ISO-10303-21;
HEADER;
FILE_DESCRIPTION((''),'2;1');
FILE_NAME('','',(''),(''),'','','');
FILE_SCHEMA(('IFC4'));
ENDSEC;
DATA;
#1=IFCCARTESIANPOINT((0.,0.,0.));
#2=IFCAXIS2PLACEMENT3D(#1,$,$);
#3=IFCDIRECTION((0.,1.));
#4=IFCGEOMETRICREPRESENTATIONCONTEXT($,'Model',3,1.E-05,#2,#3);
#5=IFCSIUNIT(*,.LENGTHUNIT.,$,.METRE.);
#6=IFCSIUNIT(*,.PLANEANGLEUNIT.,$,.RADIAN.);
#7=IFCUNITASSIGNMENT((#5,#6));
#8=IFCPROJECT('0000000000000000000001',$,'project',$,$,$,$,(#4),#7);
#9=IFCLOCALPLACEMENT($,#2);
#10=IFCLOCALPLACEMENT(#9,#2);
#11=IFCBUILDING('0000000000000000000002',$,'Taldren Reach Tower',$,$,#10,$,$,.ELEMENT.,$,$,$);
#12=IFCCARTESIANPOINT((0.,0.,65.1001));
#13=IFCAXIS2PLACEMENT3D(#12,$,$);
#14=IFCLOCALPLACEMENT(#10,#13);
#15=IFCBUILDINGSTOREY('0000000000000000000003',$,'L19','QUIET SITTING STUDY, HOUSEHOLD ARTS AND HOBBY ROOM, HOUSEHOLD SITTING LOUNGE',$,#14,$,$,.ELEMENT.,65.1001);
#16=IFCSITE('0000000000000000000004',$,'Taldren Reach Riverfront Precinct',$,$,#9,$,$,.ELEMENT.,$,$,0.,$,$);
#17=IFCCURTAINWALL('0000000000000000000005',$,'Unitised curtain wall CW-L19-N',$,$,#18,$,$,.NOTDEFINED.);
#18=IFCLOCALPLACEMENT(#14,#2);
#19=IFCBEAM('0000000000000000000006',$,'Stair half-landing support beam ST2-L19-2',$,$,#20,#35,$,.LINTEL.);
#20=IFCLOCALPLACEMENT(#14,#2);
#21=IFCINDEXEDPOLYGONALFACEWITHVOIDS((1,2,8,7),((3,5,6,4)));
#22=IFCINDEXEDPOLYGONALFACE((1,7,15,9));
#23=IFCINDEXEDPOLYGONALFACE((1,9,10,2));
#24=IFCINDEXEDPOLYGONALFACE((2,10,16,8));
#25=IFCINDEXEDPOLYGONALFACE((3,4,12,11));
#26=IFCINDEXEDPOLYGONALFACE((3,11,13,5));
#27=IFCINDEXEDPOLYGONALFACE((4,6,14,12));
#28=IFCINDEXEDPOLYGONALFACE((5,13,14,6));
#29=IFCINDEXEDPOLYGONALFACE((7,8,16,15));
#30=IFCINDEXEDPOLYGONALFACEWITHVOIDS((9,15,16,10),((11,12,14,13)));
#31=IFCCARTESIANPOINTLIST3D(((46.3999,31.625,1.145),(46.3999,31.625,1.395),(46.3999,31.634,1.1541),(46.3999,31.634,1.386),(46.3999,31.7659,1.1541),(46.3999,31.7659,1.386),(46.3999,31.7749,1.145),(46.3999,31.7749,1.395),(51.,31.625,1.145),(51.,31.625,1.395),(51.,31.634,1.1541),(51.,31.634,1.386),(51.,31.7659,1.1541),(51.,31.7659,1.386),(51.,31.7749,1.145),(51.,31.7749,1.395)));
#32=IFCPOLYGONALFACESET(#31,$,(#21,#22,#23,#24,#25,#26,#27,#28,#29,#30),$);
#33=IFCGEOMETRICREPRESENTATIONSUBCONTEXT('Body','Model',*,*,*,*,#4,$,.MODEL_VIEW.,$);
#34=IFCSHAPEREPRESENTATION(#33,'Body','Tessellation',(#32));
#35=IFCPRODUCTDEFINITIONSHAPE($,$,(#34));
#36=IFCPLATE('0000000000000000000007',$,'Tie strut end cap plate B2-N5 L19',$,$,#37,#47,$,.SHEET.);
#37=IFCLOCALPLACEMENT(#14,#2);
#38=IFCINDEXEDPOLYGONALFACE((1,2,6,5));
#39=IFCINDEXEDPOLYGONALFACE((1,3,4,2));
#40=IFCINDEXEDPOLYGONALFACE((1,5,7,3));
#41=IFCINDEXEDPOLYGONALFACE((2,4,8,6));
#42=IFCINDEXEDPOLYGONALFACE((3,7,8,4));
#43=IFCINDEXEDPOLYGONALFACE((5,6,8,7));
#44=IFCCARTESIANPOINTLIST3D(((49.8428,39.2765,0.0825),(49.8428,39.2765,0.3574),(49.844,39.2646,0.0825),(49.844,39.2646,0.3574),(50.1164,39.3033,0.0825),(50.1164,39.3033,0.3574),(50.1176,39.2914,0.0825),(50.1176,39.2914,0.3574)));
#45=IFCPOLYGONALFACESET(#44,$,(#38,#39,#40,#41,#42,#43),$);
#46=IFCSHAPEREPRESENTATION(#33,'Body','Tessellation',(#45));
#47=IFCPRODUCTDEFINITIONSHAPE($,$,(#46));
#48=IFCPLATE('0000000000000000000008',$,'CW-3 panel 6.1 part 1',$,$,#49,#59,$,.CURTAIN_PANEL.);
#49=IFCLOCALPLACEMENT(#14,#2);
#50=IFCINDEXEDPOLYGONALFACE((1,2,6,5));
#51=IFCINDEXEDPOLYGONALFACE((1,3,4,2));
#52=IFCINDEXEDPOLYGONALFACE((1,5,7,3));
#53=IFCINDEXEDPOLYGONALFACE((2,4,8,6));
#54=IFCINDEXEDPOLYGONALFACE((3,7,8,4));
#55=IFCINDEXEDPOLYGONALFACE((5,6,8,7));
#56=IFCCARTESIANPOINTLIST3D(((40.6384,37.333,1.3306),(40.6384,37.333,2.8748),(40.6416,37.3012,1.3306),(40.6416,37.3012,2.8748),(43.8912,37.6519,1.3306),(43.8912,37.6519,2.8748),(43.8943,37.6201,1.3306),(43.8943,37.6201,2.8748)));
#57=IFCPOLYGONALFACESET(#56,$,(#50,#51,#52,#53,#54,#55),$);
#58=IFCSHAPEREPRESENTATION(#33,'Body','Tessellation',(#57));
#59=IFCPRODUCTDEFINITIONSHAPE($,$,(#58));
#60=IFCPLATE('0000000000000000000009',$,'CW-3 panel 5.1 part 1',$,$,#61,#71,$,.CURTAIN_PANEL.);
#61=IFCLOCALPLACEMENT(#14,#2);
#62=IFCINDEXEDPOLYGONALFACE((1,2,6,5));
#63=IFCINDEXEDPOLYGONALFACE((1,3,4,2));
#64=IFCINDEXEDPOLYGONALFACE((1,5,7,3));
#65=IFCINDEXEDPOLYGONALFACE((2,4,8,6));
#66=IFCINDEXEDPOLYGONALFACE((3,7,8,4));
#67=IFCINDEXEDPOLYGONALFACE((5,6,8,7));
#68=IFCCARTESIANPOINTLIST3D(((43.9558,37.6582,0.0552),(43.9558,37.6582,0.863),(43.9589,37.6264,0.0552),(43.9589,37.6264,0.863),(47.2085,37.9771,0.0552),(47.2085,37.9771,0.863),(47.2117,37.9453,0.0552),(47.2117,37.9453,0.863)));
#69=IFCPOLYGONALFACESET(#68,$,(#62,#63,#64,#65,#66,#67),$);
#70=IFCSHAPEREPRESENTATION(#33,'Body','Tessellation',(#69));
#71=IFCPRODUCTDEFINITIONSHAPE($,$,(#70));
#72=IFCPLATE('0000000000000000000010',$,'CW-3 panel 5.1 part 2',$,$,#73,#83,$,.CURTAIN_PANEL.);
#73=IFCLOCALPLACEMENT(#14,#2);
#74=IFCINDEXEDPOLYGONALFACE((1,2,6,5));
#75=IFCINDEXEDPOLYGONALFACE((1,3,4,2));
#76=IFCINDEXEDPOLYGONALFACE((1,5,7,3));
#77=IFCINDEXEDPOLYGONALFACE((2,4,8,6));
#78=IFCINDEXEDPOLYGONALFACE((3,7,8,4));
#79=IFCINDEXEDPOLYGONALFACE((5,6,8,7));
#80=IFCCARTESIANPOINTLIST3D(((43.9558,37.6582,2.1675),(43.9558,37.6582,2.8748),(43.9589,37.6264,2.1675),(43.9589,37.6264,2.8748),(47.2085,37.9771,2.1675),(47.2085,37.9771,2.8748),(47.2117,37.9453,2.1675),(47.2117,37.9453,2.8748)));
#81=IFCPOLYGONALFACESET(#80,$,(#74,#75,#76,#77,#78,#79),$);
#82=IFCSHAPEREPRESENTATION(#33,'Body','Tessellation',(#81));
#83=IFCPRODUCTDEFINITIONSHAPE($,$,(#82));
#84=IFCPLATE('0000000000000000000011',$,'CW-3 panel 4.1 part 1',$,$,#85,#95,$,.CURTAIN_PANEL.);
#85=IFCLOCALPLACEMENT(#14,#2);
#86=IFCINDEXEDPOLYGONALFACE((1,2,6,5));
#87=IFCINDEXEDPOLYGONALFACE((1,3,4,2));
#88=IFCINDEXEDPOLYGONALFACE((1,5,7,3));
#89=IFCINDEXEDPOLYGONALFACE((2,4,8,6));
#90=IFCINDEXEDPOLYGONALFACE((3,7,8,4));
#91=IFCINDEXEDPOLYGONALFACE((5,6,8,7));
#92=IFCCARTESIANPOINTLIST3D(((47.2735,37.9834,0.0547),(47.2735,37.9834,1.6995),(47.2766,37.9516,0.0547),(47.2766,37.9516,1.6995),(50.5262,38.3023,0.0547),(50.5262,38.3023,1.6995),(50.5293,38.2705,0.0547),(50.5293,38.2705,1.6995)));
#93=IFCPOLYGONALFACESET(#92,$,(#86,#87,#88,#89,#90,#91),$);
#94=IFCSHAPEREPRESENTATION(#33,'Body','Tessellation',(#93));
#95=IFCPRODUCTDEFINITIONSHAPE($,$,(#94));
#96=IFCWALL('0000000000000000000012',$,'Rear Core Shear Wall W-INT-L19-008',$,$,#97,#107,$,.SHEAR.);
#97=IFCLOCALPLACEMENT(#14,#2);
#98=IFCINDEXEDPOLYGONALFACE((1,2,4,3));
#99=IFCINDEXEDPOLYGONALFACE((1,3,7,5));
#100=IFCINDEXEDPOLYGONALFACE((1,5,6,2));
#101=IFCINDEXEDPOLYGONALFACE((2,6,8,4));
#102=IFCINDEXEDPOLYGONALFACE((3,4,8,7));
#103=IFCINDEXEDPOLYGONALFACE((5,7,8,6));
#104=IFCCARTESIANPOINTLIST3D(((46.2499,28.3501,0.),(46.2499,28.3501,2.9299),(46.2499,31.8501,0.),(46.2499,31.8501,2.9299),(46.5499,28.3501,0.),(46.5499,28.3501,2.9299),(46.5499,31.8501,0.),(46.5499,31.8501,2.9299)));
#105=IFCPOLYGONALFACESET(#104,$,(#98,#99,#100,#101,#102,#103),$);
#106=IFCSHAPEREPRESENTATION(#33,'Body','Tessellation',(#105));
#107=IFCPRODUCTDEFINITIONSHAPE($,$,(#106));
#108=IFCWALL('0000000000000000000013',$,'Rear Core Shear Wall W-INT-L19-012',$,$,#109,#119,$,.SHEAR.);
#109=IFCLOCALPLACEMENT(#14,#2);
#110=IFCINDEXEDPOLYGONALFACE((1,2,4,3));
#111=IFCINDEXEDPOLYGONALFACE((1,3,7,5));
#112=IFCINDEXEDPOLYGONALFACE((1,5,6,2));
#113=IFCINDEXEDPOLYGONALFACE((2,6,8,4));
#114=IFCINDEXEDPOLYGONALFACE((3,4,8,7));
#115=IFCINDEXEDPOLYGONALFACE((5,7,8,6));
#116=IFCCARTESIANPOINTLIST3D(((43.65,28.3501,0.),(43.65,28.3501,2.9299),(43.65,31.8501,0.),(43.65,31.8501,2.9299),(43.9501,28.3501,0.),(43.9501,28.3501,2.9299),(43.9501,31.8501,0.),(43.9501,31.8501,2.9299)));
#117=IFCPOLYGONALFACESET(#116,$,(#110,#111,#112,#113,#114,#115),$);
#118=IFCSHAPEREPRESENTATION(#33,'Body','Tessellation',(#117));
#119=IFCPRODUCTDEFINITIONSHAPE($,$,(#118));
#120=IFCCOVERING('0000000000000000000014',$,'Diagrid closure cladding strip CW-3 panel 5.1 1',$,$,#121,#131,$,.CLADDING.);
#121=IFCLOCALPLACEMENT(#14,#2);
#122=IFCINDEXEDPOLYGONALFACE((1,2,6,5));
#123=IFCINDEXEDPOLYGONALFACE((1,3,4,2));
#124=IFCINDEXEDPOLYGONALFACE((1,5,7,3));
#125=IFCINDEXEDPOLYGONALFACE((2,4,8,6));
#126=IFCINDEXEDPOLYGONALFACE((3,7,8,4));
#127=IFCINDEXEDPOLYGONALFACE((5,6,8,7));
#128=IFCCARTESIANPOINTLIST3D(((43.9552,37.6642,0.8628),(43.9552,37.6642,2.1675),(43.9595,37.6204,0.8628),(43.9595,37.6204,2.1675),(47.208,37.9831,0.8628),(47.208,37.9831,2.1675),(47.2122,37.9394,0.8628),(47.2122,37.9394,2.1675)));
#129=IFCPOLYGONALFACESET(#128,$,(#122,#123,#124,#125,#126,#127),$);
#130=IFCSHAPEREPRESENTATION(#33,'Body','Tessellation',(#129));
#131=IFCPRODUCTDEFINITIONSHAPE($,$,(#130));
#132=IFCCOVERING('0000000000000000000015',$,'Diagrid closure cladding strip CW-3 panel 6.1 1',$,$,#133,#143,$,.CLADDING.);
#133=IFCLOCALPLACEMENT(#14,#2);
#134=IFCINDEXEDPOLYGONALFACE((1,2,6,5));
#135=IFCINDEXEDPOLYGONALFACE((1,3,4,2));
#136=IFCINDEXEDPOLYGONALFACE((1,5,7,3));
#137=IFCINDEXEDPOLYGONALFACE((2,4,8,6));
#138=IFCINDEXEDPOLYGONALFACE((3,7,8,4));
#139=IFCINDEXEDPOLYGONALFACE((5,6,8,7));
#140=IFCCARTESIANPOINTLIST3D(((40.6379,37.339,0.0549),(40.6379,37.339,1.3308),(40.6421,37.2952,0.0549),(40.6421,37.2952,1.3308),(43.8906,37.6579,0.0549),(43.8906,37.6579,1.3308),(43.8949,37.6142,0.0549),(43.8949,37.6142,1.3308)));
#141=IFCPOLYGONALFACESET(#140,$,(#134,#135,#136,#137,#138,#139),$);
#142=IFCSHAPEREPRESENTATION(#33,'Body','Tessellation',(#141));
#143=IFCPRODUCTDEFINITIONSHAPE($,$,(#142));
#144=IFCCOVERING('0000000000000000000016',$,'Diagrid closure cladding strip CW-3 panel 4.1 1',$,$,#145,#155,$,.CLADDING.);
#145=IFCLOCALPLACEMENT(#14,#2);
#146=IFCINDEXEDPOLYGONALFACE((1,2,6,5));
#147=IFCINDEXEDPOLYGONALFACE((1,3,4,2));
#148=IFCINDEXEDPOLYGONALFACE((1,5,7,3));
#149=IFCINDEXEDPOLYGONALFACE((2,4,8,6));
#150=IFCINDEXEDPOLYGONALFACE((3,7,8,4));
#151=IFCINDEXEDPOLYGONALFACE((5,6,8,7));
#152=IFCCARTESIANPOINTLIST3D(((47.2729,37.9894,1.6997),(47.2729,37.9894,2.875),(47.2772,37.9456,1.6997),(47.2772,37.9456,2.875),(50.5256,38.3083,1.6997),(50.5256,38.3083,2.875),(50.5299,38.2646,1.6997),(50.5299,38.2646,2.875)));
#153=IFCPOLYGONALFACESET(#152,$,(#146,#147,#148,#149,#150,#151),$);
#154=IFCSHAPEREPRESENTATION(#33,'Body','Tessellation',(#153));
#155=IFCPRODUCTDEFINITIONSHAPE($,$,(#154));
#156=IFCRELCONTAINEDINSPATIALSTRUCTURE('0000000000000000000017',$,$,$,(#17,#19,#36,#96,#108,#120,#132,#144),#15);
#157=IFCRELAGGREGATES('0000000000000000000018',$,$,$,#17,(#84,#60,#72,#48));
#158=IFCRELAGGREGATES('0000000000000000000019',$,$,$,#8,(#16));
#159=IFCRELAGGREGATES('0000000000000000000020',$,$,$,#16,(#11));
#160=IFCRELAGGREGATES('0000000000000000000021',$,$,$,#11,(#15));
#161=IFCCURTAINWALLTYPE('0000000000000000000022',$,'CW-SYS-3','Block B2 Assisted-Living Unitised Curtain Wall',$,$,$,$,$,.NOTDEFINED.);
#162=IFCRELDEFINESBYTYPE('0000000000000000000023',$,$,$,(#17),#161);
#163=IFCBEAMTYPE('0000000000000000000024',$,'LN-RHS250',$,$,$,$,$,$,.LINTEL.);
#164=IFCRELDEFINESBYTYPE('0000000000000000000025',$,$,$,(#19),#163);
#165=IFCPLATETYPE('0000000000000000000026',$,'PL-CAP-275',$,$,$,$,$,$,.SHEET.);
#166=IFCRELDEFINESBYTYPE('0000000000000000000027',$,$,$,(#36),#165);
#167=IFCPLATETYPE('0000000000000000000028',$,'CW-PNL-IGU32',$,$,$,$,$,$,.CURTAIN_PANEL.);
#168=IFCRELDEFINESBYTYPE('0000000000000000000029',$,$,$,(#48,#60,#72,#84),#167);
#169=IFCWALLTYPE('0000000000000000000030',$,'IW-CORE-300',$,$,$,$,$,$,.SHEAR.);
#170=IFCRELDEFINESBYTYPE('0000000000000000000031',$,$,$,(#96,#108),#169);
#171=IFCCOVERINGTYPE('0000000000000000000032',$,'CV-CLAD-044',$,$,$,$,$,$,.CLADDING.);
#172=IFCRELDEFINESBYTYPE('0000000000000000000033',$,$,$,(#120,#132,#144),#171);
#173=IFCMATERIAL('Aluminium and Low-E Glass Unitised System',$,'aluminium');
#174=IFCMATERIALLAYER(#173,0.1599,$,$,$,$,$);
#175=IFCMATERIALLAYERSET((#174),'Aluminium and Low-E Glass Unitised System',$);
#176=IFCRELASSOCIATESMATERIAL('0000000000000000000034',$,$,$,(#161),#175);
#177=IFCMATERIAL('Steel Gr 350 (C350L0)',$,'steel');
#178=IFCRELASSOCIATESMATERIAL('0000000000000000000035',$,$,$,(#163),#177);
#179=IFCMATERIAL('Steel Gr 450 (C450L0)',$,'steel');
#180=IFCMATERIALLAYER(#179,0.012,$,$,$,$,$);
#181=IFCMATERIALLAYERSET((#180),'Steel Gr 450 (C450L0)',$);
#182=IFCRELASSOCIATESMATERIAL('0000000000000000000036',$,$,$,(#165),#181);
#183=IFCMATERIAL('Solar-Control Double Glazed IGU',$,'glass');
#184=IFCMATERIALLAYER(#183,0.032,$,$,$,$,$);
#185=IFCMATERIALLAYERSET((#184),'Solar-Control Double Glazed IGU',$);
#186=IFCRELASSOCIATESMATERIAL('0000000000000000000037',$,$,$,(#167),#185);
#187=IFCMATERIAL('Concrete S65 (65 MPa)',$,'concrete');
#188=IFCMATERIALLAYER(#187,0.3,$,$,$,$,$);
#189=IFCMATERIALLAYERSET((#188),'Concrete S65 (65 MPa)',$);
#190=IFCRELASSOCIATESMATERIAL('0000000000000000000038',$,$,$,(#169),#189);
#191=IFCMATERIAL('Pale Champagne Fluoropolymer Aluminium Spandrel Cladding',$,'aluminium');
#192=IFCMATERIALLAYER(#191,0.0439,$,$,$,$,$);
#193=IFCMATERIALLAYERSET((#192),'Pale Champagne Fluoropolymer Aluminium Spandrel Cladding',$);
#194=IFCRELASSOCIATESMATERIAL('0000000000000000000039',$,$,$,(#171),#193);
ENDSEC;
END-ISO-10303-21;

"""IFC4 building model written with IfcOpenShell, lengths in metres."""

from ifc_helpers import new_model, si_unit, direction, frame, frame_2d, origin, origin_2d, place, context, subcontext, project, spatial, rectangle, hollow_rectangle, extrude, source, transform, mapped, material, layer, layer_set, material_profile, profile_set, type_object, element, aggregate, save


model = new_model("IFC4")

# Units and contexts
model_context = context("Model", 3, precision=1e-05, world=origin(), true_north=direction((0.0, 1.0)))
body_context = subcontext(model_context, "Body", "Model", "MODEL_VIEW")
ifc_project = project(units=[si_unit("LENGTHUNIT", "METRE"), si_unit("PLANEANGLEUNIT", "RADIAN")], contexts=[model_context])

# Site, building, storey
site_placement = place(None, origin())
site = spatial("IfcSite", under=ifc_project, at=site_placement, Name="Taldren Reach Riverfront Precinct", CompositionType="ELEMENT", RefElevation=0.0)
building_placement = place(site_placement, origin())
building = spatial("IfcBuilding", under=site, at=building_placement, Name="Taldren Reach Tower", CompositionType="ELEMENT")
storey_placement = place(building_placement, frame((0.0, 0.0, 65.1001)))
storey = spatial("IfcBuildingStorey", under=building, at=storey_placement, Name="L19", Description="QUIET SITTING STUDY, HOUSEHOLD ARTS AND HOBBY ROOM, HOUSEHOLD SITTING LOUNGE", CompositionType="ELEMENT", Elevation=65.1001)

# Shared definitions
ifc_material_1 = material(Name="Steel Gr 450 (C450L0)", Category="steel")

# Curtain wall
ifc_material_2 = material(Name="Aluminium and Low-E Glass Unitised System", Category="aluminium")
ifc_layer_1 = layer(ifc_material_2, 0.1599)
ifc_layer_set_1 = layer_set([ifc_layer_1], Name="Aluminium and Low-E Glass Unitised System")
curtain_wall_type = type_object("IfcCurtainWallType", Name="CW-SYS-3", Description="Block B2 Assisted-Living Unitised Curtain Wall", PredefinedType="NOTDEFINED", material=ifc_layer_set_1)
curtain_wall_placement = place(storey_placement, origin())
curtain_wall = element("IfcCurtainWall", 1, at=curtain_wall_placement, inside=storey, type_object=curtain_wall_type, Name="Unitised curtain wall CW-L19-N", PredefinedType="NOTDEFINED")

# Beam
ifc_material_3 = material(Name="Steel Gr 350 (C350L0)", Category="steel")
ifc_material_profile_1 = material_profile(ifc_material_3, hollow_rectangle(XDim=0.1499, YDim=0.25, WallThickness=0.009, at=origin_2d()), Name="250x150x9.0RHS")
ifc_profile_set_1 = profile_set([ifc_material_profile_1], Name="Steel Gr 350 (C350L0)")
beam_type = type_object("IfcBeamType", Name="LN-RHS250", PredefinedType="LINTEL", material=ifc_profile_set_1)
shared_shape_1 = source(origin(), body_context, "Body", "SweptSolid", [
    extrude(hollow_rectangle(XDim=0.1499, YDim=0.25, WallThickness=0.009, at=origin_2d()), origin(), (0.0, 0.0, 1.0), 4.6001),
])
for number, where, z_axis, x_axis, name in (
    (2, (46.3999, 31.7, 1.27), (1.0, 0.0, 0.0), (0.0, 1.0, 0.0), "Stair half-landing support beam ST2-L19-2"),
):
    element("IfcBeam", number, at=place(storey_placement, frame(where, z_axis=z_axis, x_axis=x_axis)), inside=storey, type_object=beam_type, Name=name, PredefinedType="LINTEL", context=body_context, shape_type="MappedRepresentation", body=[
        mapped(shared_shape_1, transform((0.0, 0.0, 0.0), scale=1.0)),
    ])

# Plates
ifc_layer_2 = layer(ifc_material_1, 0.012)
ifc_layer_set_2 = layer_set([ifc_layer_2], Name="Steel Gr 450 (C450L0)")
plate_type_1 = type_object("IfcPlateType", Name="PL-CAP-275", PredefinedType="SHEET", material=ifc_layer_set_2)
shared_shape_2 = source(origin(), body_context, "Body", "SweptSolid", [
    extrude(rectangle(XDim=0.2749, YDim=0.012, at=origin_2d()), origin(), (0.0, 0.0, 1.0), 0.2749),
])
plate_1_placement = place(storey_placement, frame((49.9802, 39.2839, 0.0825), z_axis=(0.0, 0.0, 1.0), x_axis=(0.995227, 0.097583, 0.0)))
element("IfcPlate", 3, at=plate_1_placement, inside=storey, type_object=plate_type_1, Name="Tie strut end cap plate B2-N5 L19", PredefinedType="SHEET", context=body_context, shape_type="MappedRepresentation", body=[
    mapped(shared_shape_2, transform((0.0, 0.0, 0.0), scale=1.0)),
])
ifc_material_4 = material(Name="Solar-Control Double Glazed IGU", Category="glass")
ifc_layer_3 = layer(ifc_material_4, 0.032)
ifc_layer_set_3 = layer_set([ifc_layer_3], Name="Solar-Control Double Glazed IGU")
plate_type_2 = type_object("IfcPlateType", Name="CW-PNL-IGU32", PredefinedType="CURTAIN_PANEL", material=ifc_layer_set_3)
shared_shape_3 = source(origin(), body_context, "Body", "SweptSolid", [
    extrude(rectangle(XDim=3.2683, YDim=0.032, at=origin_2d()), origin(), (0.0, 0.0, 1.0), 1.5442),
])
plate_2_placement = place(storey_placement, frame((42.2664, 37.4766, 1.3306), z_axis=(0.0, 0.0, 1.0), x_axis=(-0.995227, -0.097583, 0.0)))
plate_2 = element("IfcPlate", 4, at=plate_2_placement, type_object=plate_type_2, Name="CW-3 panel 6.1 part 1", PredefinedType="CURTAIN_PANEL", context=body_context, shape_type="MappedRepresentation", body=[
    mapped(shared_shape_3, transform((0.0, 0.0, 0.0), scale=1.0)),
])
shared_shape_4 = source(origin(), body_context, "Body", "SweptSolid", [
    extrude(rectangle(XDim=3.2683, YDim=0.032, at=origin_2d()), origin(), (0.0, 0.0, 1.0), 0.8079),
])
plate_3_placement = place(storey_placement, frame((45.5837, 37.8018, 0.0552), z_axis=(0.0, 0.0, 1.0), x_axis=(-0.995227, -0.097583, 0.0)))
plate_3 = element("IfcPlate", 5, at=plate_3_placement, type_object=plate_type_2, Name="CW-3 panel 5.1 part 1", PredefinedType="CURTAIN_PANEL", context=body_context, shape_type="MappedRepresentation", body=[
    mapped(shared_shape_4, transform((0.0, 0.0, 0.0), scale=1.0)),
])
shared_shape_5 = source(origin(), body_context, "Body", "SweptSolid", [
    extrude(rectangle(XDim=3.2683, YDim=0.032, at=origin_2d()), origin(), (0.0, 0.0, 1.0), 0.7073),
])
plate_4_placement = place(storey_placement, frame((45.5837, 37.8018, 2.1675), z_axis=(0.0, 0.0, 1.0), x_axis=(-0.995227, -0.097583, 0.0)))
plate_4 = element("IfcPlate", 6, at=plate_4_placement, type_object=plate_type_2, Name="CW-3 panel 5.1 part 2", PredefinedType="CURTAIN_PANEL", context=body_context, shape_type="MappedRepresentation", body=[
    mapped(shared_shape_5, transform((0.0, 0.0, 0.0), scale=1.0)),
])
shared_shape_6 = source(origin(), body_context, "Body", "SweptSolid", [
    extrude(rectangle(XDim=3.2683, YDim=0.032, at=origin_2d()), origin(), (0.0, 0.0, 1.0), 1.6448),
])
plate_5_placement = place(storey_placement, frame((48.9014, 38.127, 0.0547), z_axis=(0.0, 0.0, 1.0), x_axis=(-0.995227, -0.097583, 0.0)))
plate_5 = element("IfcPlate", 7, at=plate_5_placement, type_object=plate_type_2, Name="CW-3 panel 4.1 part 1", PredefinedType="CURTAIN_PANEL", context=body_context, shape_type="MappedRepresentation", body=[
    mapped(shared_shape_6, transform((0.0, 0.0, 0.0), scale=1.0)),
])
aggregate(curtain_wall, [plate_5, plate_3, plate_4, plate_2])

# Walls
ifc_material_5 = material(Name="Concrete S65 (65 MPa)", Category="concrete")
ifc_layer_4 = layer(ifc_material_5, 0.3)
ifc_layer_set_4 = layer_set([ifc_layer_4], Name="Concrete S65 (65 MPa)")
wall_type = type_object("IfcWallType", Name="IW-CORE-300", PredefinedType="SHEAR", material=ifc_layer_set_4)
shared_shape_7 = source(origin(), body_context, "Body", "SweptSolid", [
    extrude(rectangle(XDim=3.5, YDim=0.3, at=frame_2d((1.75, 0.0))), origin(), (0.0, 0.0, 1.0), 2.9299),
])
for number, where, z_axis, x_axis, name in (
    (8, (46.3999, 31.8501, 0.0), (0.0, 0.0, 1.0), (0.0, -1.0, 0.0), "Rear Core Shear Wall W-INT-L19-008"),
    (9, (43.8, 31.8501, 0.0), (0.0, 0.0, 1.0), (0.0, -1.0, 0.0), "Rear Core Shear Wall W-INT-L19-012"),
):
    element("IfcWall", number, at=place(storey_placement, frame(where, z_axis=z_axis, x_axis=x_axis)), inside=storey, type_object=wall_type, Name=name, PredefinedType="SHEAR", context=body_context, shape_type="MappedRepresentation", body=[
        mapped(shared_shape_7, transform((0.0, 0.0, 0.0), scale=1.0)),
    ])

# Coverings
ifc_material_6 = material(Name="Pale Champagne Fluoropolymer Aluminium Spandrel Cladding", Category="aluminium")
ifc_layer_5 = layer(ifc_material_6, 0.0439)
ifc_layer_set_5 = layer_set([ifc_layer_5], Name="Pale Champagne Fluoropolymer Aluminium Spandrel Cladding")
covering_type = type_object("IfcCoveringType", Name="CV-CLAD-044", PredefinedType="CLADDING", material=ifc_layer_set_5)
shared_shape_8 = source(origin(), body_context, "Body", "SweptSolid", [
    extrude(rectangle(XDim=3.2683, YDim=0.0439, at=origin_2d()), origin(), (0.0, 0.0, 1.0), 1.3047),
])
covering_1_placement = place(storey_placement, frame((45.5837, 37.8018, 0.8628), z_axis=(0.0, 0.0, 1.0), x_axis=(-0.995227, -0.097583, 0.0)))
element("IfcCovering", 10, at=covering_1_placement, inside=storey, type_object=covering_type, Name="Diagrid closure cladding strip CW-3 panel 5.1 1", PredefinedType="CLADDING", context=body_context, shape_type="MappedRepresentation", body=[
    mapped(shared_shape_8, transform((0.0, 0.0, 0.0), scale=1.0)),
])
shared_shape_9 = source(origin(), body_context, "Body", "SweptSolid", [
    extrude(rectangle(XDim=3.2683, YDim=0.0439, at=origin_2d()), origin(), (0.0, 0.0, 1.0), 1.2759),
])
covering_2_placement = place(storey_placement, frame((42.2664, 37.4766, 0.0549), z_axis=(0.0, 0.0, 1.0), x_axis=(-0.995227, -0.097583, 0.0)))
element("IfcCovering", 11, at=covering_2_placement, inside=storey, type_object=covering_type, Name="Diagrid closure cladding strip CW-3 panel 6.1 1", PredefinedType="CLADDING", context=body_context, shape_type="MappedRepresentation", body=[
    mapped(shared_shape_9, transform((0.0, 0.0, 0.0), scale=1.0)),
])
shared_shape_10 = source(origin(), body_context, "Body", "SweptSolid", [
    extrude(rectangle(XDim=3.2683, YDim=0.0439, at=origin_2d()), origin(), (0.0, 0.0, 1.0), 1.1753),
])
covering_3_placement = place(storey_placement, frame((48.9014, 38.127, 1.6997), z_axis=(0.0, 0.0, 1.0), x_axis=(-0.995227, -0.097583, 0.0)))
element("IfcCovering", 12, at=covering_3_placement, inside=storey, type_object=covering_type, Name="Diagrid closure cladding strip CW-3 panel 4.1 1", PredefinedType="CLADDING", context=body_context, shape_type="MappedRepresentation", body=[
    mapped(shared_shape_10, transform((0.0, 0.0, 0.0), scale=1.0)),
])

save(model, "model.ifc")
